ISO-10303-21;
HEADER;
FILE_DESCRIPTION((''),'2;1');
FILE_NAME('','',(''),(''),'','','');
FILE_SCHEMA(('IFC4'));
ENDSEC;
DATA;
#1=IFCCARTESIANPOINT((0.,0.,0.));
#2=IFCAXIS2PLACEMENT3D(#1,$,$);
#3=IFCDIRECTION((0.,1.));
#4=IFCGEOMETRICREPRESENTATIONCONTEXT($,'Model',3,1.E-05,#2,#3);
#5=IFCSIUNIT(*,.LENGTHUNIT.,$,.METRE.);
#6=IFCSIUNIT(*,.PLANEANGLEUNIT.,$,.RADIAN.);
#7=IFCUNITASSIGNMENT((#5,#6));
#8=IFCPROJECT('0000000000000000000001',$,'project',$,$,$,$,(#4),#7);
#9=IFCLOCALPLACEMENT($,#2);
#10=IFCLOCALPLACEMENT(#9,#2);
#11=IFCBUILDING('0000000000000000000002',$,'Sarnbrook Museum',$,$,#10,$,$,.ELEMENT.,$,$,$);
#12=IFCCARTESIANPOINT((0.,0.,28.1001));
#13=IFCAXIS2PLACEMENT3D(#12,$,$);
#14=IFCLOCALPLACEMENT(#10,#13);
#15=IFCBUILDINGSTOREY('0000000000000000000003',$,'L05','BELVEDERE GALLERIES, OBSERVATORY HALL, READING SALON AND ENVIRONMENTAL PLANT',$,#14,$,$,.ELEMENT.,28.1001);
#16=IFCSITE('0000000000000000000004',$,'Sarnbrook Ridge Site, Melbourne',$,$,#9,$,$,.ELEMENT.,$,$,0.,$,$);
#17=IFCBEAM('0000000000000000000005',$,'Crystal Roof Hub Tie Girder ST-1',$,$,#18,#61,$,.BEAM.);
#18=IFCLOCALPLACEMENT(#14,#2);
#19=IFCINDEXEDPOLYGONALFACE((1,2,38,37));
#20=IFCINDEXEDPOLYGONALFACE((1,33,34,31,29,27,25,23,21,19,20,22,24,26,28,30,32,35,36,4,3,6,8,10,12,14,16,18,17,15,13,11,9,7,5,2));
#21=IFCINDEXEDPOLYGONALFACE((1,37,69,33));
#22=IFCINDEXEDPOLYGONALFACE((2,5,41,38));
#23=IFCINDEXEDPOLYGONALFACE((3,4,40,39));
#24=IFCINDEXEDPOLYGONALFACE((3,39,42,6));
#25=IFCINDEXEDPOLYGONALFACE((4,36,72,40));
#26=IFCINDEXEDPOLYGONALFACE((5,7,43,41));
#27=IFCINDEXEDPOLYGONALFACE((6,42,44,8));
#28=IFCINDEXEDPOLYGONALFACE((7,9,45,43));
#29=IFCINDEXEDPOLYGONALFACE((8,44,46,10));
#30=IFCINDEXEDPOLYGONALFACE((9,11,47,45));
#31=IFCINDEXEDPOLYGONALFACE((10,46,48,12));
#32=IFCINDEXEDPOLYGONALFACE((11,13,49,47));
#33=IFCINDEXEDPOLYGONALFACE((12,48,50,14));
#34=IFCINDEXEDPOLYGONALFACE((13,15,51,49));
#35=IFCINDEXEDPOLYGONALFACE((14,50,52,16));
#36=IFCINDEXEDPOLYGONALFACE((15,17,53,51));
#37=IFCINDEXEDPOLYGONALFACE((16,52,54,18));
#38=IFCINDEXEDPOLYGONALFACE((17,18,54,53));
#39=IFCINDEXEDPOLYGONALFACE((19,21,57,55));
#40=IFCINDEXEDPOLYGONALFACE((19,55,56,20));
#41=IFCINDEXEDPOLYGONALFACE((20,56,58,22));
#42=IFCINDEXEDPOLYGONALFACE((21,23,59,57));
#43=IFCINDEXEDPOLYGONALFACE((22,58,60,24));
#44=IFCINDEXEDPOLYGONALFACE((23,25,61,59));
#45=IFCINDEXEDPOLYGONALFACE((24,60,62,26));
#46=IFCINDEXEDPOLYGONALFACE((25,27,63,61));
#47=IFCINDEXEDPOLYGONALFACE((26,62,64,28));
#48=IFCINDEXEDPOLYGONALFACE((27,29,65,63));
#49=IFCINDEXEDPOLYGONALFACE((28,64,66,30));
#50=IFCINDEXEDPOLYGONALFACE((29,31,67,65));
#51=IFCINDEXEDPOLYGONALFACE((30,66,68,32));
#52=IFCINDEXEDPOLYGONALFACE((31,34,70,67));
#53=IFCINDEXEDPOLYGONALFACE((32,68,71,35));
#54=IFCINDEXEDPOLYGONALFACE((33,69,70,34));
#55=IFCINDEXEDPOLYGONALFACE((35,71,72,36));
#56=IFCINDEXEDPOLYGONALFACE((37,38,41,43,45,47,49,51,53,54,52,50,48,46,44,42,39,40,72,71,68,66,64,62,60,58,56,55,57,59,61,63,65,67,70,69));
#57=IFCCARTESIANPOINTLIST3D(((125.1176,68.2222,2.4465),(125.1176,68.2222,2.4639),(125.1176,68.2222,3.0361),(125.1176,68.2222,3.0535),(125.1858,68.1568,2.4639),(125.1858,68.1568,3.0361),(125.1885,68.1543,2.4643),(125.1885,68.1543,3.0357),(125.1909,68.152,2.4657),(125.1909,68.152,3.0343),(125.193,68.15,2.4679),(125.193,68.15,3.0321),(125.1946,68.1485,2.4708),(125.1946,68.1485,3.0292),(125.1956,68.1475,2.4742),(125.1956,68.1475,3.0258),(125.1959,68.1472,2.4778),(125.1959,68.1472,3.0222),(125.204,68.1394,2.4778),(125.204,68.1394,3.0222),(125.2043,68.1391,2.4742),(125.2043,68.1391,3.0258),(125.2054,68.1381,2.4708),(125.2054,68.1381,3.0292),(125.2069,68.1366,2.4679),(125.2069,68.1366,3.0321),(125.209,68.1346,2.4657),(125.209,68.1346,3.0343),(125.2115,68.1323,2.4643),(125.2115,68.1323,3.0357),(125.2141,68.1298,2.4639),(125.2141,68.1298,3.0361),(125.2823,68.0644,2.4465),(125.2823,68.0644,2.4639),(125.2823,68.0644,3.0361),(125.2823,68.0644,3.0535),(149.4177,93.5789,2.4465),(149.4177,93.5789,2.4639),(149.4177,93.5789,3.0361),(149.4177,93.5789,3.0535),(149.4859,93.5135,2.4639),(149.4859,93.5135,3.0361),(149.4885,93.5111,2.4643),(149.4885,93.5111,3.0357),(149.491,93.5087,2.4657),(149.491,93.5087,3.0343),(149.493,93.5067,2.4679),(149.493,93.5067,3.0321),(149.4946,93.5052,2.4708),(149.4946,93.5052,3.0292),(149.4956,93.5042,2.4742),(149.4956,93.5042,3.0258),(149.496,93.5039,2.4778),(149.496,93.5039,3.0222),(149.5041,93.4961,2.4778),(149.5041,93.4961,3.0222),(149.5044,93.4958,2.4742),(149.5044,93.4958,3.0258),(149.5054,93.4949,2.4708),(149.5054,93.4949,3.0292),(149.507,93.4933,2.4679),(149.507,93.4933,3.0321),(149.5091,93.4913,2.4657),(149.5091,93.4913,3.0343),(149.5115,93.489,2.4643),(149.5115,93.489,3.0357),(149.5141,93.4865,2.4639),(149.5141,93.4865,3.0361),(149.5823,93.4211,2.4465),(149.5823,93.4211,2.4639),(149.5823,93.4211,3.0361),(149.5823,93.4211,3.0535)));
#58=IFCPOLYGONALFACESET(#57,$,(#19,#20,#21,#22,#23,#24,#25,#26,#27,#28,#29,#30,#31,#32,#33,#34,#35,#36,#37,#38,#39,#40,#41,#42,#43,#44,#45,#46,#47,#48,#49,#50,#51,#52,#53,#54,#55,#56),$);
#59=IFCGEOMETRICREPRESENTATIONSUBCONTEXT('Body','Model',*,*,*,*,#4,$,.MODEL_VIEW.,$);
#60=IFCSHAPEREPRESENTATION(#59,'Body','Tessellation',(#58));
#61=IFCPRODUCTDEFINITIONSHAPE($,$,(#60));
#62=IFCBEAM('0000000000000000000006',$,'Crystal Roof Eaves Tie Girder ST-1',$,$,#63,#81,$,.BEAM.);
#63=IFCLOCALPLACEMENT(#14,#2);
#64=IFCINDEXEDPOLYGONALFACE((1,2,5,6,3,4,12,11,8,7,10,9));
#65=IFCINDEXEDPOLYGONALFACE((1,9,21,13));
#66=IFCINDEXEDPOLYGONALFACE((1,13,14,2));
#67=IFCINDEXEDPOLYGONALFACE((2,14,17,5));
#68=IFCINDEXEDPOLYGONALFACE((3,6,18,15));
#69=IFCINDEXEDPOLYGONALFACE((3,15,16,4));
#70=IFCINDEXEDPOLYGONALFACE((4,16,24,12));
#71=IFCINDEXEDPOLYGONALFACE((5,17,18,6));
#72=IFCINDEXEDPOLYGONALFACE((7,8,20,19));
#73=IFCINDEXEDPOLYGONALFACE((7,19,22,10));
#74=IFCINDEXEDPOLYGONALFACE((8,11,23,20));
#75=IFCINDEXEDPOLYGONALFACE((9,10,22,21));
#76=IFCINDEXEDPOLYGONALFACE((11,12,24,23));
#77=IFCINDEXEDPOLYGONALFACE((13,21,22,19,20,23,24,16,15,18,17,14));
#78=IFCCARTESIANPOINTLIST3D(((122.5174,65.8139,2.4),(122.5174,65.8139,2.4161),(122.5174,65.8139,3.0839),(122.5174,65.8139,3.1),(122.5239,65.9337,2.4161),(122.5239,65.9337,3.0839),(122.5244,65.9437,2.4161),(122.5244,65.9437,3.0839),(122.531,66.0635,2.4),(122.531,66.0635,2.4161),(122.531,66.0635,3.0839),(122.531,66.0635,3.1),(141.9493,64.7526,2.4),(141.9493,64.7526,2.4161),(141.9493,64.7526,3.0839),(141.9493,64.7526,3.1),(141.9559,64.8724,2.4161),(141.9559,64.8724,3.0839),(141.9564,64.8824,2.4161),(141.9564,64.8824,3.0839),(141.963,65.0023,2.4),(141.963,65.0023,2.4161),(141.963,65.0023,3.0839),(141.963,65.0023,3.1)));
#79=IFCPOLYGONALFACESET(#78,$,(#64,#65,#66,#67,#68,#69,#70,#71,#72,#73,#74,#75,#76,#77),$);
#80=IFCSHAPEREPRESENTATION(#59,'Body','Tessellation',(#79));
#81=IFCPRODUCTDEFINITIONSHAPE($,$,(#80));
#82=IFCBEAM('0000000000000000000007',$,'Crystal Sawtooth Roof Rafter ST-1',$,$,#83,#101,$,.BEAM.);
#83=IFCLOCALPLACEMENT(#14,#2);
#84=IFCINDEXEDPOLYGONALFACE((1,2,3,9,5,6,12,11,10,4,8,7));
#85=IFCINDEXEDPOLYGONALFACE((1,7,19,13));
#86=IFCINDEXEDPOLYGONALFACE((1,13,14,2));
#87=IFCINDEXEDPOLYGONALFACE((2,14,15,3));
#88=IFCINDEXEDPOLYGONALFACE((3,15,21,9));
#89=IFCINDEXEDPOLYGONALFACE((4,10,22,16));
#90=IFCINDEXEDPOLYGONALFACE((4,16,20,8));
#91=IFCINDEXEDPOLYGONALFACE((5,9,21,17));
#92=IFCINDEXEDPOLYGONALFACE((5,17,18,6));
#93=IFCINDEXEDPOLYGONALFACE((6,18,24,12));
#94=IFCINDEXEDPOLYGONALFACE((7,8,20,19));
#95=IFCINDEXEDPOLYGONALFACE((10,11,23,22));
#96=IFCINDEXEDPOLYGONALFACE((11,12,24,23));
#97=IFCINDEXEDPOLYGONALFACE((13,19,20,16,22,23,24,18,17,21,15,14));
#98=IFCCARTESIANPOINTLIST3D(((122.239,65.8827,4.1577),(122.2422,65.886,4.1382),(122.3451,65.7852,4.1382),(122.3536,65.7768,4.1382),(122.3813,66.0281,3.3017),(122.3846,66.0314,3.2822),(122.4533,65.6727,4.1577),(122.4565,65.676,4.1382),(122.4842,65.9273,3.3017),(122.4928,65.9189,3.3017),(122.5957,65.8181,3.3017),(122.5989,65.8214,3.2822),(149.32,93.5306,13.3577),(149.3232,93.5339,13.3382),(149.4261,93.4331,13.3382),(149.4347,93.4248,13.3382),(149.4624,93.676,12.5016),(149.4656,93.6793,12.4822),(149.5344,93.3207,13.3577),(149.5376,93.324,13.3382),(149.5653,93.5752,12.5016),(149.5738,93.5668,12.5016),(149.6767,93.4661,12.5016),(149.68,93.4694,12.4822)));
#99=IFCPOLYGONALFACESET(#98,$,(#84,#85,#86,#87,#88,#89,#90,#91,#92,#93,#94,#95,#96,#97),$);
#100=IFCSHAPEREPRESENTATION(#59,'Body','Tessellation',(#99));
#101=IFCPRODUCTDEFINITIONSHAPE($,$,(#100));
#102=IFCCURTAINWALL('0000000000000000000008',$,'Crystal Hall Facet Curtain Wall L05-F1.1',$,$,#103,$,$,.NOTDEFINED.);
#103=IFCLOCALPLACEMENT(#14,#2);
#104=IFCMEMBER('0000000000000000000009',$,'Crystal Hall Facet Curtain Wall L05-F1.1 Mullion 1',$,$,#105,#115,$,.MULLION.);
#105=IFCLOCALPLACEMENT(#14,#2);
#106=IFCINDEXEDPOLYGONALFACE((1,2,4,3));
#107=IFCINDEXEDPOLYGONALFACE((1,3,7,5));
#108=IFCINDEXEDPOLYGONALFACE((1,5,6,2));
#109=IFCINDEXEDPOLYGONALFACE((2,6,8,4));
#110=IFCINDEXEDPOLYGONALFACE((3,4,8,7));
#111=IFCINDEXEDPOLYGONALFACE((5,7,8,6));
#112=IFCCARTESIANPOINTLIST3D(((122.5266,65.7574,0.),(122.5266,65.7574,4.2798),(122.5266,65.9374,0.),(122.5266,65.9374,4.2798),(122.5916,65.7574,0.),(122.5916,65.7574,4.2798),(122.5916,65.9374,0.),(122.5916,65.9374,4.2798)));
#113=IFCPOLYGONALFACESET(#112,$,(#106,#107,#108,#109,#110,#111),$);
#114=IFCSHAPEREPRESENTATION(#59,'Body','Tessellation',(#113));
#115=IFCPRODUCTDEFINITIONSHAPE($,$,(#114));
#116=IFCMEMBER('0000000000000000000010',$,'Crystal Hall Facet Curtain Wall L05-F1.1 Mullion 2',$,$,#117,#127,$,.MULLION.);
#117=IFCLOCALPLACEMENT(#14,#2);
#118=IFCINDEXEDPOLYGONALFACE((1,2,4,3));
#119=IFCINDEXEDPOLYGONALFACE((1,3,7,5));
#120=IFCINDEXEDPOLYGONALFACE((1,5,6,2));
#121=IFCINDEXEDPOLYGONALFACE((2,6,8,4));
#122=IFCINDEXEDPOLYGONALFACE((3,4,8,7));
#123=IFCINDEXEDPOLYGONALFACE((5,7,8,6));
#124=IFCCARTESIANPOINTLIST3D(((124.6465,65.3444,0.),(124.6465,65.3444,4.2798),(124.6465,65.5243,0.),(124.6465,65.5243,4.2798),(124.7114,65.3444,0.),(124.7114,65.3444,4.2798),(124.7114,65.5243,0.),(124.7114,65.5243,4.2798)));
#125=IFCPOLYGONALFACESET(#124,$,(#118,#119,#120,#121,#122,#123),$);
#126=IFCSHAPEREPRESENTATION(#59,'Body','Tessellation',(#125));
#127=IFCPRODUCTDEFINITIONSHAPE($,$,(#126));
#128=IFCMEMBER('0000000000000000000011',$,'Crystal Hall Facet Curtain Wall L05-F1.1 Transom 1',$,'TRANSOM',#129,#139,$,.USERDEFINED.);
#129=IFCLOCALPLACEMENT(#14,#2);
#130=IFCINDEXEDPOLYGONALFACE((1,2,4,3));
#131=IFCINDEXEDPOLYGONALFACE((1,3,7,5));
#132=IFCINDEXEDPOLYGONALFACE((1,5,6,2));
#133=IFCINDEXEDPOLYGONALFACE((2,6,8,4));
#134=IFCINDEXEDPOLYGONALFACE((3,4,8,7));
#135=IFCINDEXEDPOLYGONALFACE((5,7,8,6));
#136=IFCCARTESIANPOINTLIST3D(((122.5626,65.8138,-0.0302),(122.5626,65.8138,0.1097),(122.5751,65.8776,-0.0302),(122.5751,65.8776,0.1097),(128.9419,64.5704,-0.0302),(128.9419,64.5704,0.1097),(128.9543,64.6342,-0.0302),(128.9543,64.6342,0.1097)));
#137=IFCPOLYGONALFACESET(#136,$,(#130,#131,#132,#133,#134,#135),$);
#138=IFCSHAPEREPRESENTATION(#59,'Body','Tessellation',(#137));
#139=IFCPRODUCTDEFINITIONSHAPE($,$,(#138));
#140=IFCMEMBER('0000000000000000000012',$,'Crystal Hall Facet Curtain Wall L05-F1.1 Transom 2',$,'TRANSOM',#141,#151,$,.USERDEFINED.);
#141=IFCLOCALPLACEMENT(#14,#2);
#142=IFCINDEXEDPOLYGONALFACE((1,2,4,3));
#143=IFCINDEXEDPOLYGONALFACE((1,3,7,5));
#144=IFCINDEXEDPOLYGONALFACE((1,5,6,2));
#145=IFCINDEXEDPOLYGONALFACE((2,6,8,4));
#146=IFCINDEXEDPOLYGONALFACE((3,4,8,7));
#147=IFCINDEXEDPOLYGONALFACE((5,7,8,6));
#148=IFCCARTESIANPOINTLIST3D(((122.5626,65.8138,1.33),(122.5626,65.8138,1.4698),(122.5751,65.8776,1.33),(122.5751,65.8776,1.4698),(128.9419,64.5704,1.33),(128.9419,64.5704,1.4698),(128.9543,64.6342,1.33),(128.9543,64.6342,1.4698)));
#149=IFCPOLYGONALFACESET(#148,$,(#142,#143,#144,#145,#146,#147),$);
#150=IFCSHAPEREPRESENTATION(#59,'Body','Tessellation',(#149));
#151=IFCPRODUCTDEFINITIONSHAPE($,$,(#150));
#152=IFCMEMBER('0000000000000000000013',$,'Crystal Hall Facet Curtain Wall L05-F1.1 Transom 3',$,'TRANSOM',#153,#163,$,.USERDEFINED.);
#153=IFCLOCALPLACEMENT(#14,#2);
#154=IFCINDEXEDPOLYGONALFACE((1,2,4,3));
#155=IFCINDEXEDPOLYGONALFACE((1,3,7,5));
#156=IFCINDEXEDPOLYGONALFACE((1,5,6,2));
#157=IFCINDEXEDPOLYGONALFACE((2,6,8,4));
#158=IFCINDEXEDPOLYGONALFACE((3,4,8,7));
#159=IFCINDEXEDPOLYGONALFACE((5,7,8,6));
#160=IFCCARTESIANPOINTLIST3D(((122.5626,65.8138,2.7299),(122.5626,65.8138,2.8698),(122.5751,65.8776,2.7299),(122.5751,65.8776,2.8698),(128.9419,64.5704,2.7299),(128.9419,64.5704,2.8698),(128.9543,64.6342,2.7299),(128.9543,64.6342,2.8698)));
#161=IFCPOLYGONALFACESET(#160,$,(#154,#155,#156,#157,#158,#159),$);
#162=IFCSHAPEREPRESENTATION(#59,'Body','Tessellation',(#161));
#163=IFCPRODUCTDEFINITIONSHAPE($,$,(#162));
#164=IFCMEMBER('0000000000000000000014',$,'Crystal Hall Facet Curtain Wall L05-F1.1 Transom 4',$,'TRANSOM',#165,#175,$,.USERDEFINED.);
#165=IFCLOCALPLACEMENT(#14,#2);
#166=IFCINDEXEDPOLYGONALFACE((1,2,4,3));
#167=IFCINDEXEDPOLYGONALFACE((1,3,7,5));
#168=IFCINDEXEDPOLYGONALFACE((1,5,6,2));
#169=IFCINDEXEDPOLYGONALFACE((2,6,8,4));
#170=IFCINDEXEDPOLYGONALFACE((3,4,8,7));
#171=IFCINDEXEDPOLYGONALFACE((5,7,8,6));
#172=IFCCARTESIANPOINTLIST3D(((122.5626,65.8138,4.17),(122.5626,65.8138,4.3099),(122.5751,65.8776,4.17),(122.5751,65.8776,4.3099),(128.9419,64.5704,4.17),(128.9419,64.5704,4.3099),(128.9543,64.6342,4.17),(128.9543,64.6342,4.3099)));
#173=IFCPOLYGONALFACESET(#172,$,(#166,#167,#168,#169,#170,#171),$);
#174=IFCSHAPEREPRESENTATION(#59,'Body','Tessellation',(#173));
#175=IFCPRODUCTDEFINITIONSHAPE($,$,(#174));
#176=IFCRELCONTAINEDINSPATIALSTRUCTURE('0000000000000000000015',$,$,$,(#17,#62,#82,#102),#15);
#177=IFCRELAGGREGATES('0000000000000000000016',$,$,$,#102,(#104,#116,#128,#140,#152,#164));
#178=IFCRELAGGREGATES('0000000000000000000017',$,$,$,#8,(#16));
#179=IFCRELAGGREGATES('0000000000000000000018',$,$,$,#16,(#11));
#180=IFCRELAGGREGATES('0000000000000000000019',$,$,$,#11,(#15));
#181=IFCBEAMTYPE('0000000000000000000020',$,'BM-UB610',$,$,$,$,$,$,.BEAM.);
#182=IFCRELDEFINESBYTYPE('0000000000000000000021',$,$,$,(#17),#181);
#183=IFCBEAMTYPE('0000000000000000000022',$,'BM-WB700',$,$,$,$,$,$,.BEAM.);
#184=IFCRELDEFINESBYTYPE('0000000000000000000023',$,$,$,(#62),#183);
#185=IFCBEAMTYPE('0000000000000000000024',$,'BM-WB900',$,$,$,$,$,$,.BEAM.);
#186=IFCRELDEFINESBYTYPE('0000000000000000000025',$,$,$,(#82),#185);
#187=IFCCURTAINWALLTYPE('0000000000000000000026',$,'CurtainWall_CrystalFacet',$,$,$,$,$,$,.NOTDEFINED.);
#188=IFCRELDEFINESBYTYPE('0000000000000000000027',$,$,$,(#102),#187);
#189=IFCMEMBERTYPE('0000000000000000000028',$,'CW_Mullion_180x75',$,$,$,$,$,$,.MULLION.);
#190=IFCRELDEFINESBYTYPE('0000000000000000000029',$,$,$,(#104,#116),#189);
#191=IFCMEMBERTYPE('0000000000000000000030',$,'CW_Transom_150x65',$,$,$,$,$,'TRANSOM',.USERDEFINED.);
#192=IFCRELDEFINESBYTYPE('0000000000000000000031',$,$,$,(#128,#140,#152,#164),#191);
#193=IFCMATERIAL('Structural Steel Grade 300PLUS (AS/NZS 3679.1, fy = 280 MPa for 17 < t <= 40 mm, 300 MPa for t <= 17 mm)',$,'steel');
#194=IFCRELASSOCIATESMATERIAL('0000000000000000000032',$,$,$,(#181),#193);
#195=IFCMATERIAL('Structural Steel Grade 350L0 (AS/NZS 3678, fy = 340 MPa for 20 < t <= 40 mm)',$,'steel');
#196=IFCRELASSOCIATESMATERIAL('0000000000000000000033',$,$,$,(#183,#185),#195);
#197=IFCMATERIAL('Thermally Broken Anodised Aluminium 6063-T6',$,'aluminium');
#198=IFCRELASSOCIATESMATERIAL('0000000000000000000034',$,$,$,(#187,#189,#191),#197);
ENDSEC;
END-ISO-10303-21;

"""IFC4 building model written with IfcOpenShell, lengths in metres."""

from ifc_helpers import new_model, si_unit, direction, frame, origin, origin_2d, place, context, subcontext, project, spatial, rectangle, i_section, extrude, material, material_profile, profile_set, type_object, element, aggregate, save


model = new_model("IFC4")

# Units and contexts
model_context = context("Model", 3, precision=1e-05, world=origin(), true_north=direction((0.0, 1.0)))
body_context = subcontext(model_context, "Body", "Model", "MODEL_VIEW")
ifc_project = project(units=[si_unit("LENGTHUNIT", "METRE"), si_unit("PLANEANGLEUNIT", "RADIAN")], contexts=[model_context])

# Site, building, storey
site_placement = place(None, origin())
site = spatial("IfcSite", under=ifc_project, at=site_placement, Name="Sarnbrook Ridge Site, Melbourne", CompositionType="ELEMENT", RefElevation=0.0)
building_placement = place(site_placement, origin())
building = spatial("IfcBuilding", under=site, at=building_placement, Name="Sarnbrook Museum", CompositionType="ELEMENT")
storey_placement = place(building_placement, frame((0.0, 0.0, 28.1001)))
storey = spatial("IfcBuildingStorey", under=building, at=storey_placement, Name="L05", Description="BELVEDERE GALLERIES, OBSERVATORY HALL, READING SALON AND ENVIRONMENTAL PLANT", CompositionType="ELEMENT", Elevation=28.1001)

# Shared definitions
ifc_material_1 = material(Name="Structural Steel Grade 300PLUS (AS/NZS 3679.1, fy = 280 MPa for 17 < t <= 40 mm, 300 MPa for t <= 17 mm)", Category="steel")

# Beams
ifc_material_profile_1 = material_profile(ifc_material_1, i_section(OverallWidth=0.228, OverallDepth=0.6069, WebThickness=0.0112, FlangeThickness=0.0173, FilletRadius=0.0139, at=origin_2d()), Name="610UB113")
ifc_profile_set_1 = profile_set([ifc_material_profile_1], Name="Structural Steel Grade 300PLUS (AS/NZS 3679.1, fy = 280 MPa for 17 < t <= 40 mm, 300 MPa for t <= 17 mm)")
beam_type_1 = type_object("IfcBeamType", Name="BM-UB610", PredefinedType="BEAM", material=ifc_profile_set_1)
beam_1_placement = place(storey_placement, frame((125.2, 68.1433, 2.75), z_axis=(0.691904, 0.72199, 0.0), x_axis=(-0.72199, 0.691904, 0.0)))
element("IfcBeam", 1, at=beam_1_placement, inside=storey, type_object=beam_type_1, Name="Crystal Roof Hub Tie Girder ST-1", PredefinedType="BEAM", context=body_context, shape_type="SweptSolid", body=[
    extrude(i_section(OverallWidth=0.228, OverallDepth=0.6069, WebThickness=0.0112, FlangeThickness=0.0173, FilletRadius=0.0139, at=origin_2d()), origin(), (0.0, 0.0, 1.0), 35.1206),
])
ifc_material_2 = material(Name="Structural Steel Grade 350L0 (AS/NZS 3678, fy = 340 MPa for 20 < t <= 40 mm)", Category="steel")
ifc_material_profile_2 = material_profile(ifc_material_2, i_section(OverallWidth=0.25, OverallDepth=0.7, WebThickness=0.01, FlangeThickness=0.0161, at=origin_2d()), Name="700WB130")
ifc_profile_set_2 = profile_set([ifc_material_profile_2], Name="Structural Steel Grade 350L0 (AS/NZS 3678, fy = 340 MPa for 20 < t <= 40 mm)")
beam_type_2 = type_object("IfcBeamType", Name="BM-WB700", PredefinedType="BEAM", material=ifc_profile_set_2)
beam_2_placement = place(storey_placement, frame((122.5242, 65.9387, 2.75), z_axis=(0.998512, -0.054534, 0.0), x_axis=(0.054534, 0.998512, 0.0)))
element("IfcBeam", 2, at=beam_2_placement, inside=storey, type_object=beam_type_2, Name="Crystal Roof Eaves Tie Girder ST-1", PredefinedType="BEAM", context=body_context, shape_type="SweptSolid", body=[
    extrude(i_section(OverallWidth=0.25, OverallDepth=0.7, WebThickness=0.01, FlangeThickness=0.0161, at=origin_2d()), origin(), (0.0, 0.0, 1.0), 19.4609),
])
ifc_material_profile_3 = material_profile(ifc_material_2, i_section(OverallWidth=0.3, OverallDepth=0.8999, WebThickness=0.012, FlangeThickness=0.02, at=origin_2d()), Name="900WB175")
ifc_profile_set_3 = profile_set([ifc_material_profile_3], Name="Structural Steel Grade 350L0 (AS/NZS 3678, fy = 340 MPa for 20 < t <= 40 mm)")
beam_type_3 = type_object("IfcBeamType", Name="BM-WB900", PredefinedType="BEAM", material=ifc_profile_set_3)
beam_3_placement = place(storey_placement, frame((122.4189, 65.8521, 3.72), z_axis=(0.680774, 0.695025, 0.231272), x_axis=(-0.714393, 0.699745, 0.0)))
element("IfcBeam", 3, at=beam_3_placement, inside=storey, type_object=beam_type_3, Name="Crystal Sawtooth Roof Rafter ST-1", PredefinedType="BEAM", context=body_context, shape_type="SweptSolid", body=[
    extrude(i_section(OverallWidth=0.3, OverallDepth=0.8999, WebThickness=0.012, FlangeThickness=0.02, at=origin_2d()), origin(), (0.0, 0.0, 1.0), 39.7798),
])

# Curtain wall, members
ifc_material_3 = material(Name="Thermally Broken Anodised Aluminium 6063-T6", Category="aluminium")
curtain_wall_type = type_object("IfcCurtainWallType", Name="CurtainWall_CrystalFacet", PredefinedType="NOTDEFINED", material=ifc_material_3)
curtain_wall_placement = place(storey_placement, origin())
curtain_wall = element("IfcCurtainWall", 4, at=curtain_wall_placement, inside=storey, type_object=curtain_wall_type, Name="Crystal Hall Facet Curtain Wall L05-F1.1", PredefinedType="NOTDEFINED")
ifc_material_profile_4 = material_profile(ifc_material_3, rectangle(XDim=0.0649, YDim=0.1799, at=origin_2d()), Name="ALU MULLION 65x180")
ifc_profile_set_4 = profile_set([ifc_material_profile_4], Name="Thermally Broken Anodised Aluminium 6063-T6")
member_type_1 = type_object("IfcMemberType", Name="CW_Mullion_180x75", PredefinedType="MULLION", material=ifc_profile_set_4)
member_1_placement = place(storey_placement, frame((122.5591, 65.8474, 0.0), z_axis=(0.0, 0.0, 1.0), x_axis=(1.0, 0.0, 0.0)))
member_1 = element("IfcMember", 5, at=member_1_placement, type_object=member_type_1, Name="Crystal Hall Facet Curtain Wall L05-F1.1 Mullion 1", PredefinedType="MULLION", context=body_context, shape_type="SweptSolid", body=[
    extrude(rectangle(XDim=0.0649, YDim=0.1799, at=origin_2d()), origin(), (0.0, 0.0, 1.0), 4.2798),
])
member_2_placement = place(storey_placement, frame((124.679, 65.4343, 0.0), z_axis=(0.0, 0.0, 1.0), x_axis=(1.0, 0.0, 0.0)))
member_2 = element("IfcMember", 6, at=member_2_placement, type_object=member_type_1, Name="Crystal Hall Facet Curtain Wall L05-F1.1 Mullion 2", PredefinedType="MULLION", context=body_context, shape_type="SweptSolid", body=[
    extrude(rectangle(XDim=0.0649, YDim=0.1799, at=origin_2d()), origin(), (0.0, 0.0, 1.0), 4.2798),
])
ifc_material_profile_5 = material_profile(ifc_material_3, rectangle(XDim=0.0649, YDim=0.1399, at=origin_2d()), Name="ALU TRANSOM 65x140")
ifc_profile_set_5 = profile_set([ifc_material_profile_5], Name="Thermally Broken Anodised Aluminium 6063-T6")
member_type_2 = type_object("IfcMemberType", Name="CW_Transom_150x65", ElementType="TRANSOM", PredefinedType="USERDEFINED", material=ifc_profile_set_5)
member_3_placement = place(storey_placement, frame((122.5688, 65.8457, 0.0398), z_axis=(0.981528, -0.191317, 0.0), x_axis=(0.191317, 0.981528, 0.0)))
member_3 = element("IfcMember", 7, at=member_3_placement, type_object=member_type_2, Name="Crystal Hall Facet Curtain Wall L05-F1.1 Transom 1", ObjectType="TRANSOM", PredefinedType="USERDEFINED", context=body_context, shape_type="SweptSolid", body=[
    extrude(rectangle(XDim=0.0649, YDim=0.1399, at=origin_2d()), origin(), (0.0, 0.0, 1.0), 6.4993),
])
member_4_placement = place(storey_placement, frame((122.5688, 65.8457, 1.3999), z_axis=(0.981528, -0.191317, 0.0), x_axis=(0.191317, 0.981528, 0.0)))
member_4 = element("IfcMember", 8, at=member_4_placement, type_object=member_type_2, Name="Crystal Hall Facet Curtain Wall L05-F1.1 Transom 2", ObjectType="TRANSOM", PredefinedType="USERDEFINED", context=body_context, shape_type="SweptSolid", body=[
    extrude(rectangle(XDim=0.0649, YDim=0.1399, at=origin_2d()), origin(), (0.0, 0.0, 1.0), 6.4993),
])
member_5_placement = place(storey_placement, frame((122.5688, 65.8457, 2.7998), z_axis=(0.981528, -0.191317, 0.0), x_axis=(0.191317, 0.981528, 0.0)))
member_5 = element("IfcMember", 9, at=member_5_placement, type_object=member_type_2, Name="Crystal Hall Facet Curtain Wall L05-F1.1 Transom 3", ObjectType="TRANSOM", PredefinedType="USERDEFINED", context=body_context, shape_type="SweptSolid", body=[
    extrude(rectangle(XDim=0.0649, YDim=0.1399, at=origin_2d()), origin(), (0.0, 0.0, 1.0), 6.4993),
])
member_6_placement = place(storey_placement, frame((122.5688, 65.8457, 4.24), z_axis=(0.981528, -0.191317, 0.0), x_axis=(0.191317, 0.981528, 0.0)))
member_6 = element("IfcMember", 10, at=member_6_placement, type_object=member_type_2, Name="Crystal Hall Facet Curtain Wall L05-F1.1 Transom 4", ObjectType="TRANSOM", PredefinedType="USERDEFINED", context=body_context, shape_type="SweptSolid", body=[
    extrude(rectangle(XDim=0.0649, YDim=0.1399, at=origin_2d()), origin(), (0.0, 0.0, 1.0), 6.4993),
])

aggregate(curtain_wall, [member_1, member_2, member_3, member_4, member_5, member_6])

save(model, "model.ifc")
